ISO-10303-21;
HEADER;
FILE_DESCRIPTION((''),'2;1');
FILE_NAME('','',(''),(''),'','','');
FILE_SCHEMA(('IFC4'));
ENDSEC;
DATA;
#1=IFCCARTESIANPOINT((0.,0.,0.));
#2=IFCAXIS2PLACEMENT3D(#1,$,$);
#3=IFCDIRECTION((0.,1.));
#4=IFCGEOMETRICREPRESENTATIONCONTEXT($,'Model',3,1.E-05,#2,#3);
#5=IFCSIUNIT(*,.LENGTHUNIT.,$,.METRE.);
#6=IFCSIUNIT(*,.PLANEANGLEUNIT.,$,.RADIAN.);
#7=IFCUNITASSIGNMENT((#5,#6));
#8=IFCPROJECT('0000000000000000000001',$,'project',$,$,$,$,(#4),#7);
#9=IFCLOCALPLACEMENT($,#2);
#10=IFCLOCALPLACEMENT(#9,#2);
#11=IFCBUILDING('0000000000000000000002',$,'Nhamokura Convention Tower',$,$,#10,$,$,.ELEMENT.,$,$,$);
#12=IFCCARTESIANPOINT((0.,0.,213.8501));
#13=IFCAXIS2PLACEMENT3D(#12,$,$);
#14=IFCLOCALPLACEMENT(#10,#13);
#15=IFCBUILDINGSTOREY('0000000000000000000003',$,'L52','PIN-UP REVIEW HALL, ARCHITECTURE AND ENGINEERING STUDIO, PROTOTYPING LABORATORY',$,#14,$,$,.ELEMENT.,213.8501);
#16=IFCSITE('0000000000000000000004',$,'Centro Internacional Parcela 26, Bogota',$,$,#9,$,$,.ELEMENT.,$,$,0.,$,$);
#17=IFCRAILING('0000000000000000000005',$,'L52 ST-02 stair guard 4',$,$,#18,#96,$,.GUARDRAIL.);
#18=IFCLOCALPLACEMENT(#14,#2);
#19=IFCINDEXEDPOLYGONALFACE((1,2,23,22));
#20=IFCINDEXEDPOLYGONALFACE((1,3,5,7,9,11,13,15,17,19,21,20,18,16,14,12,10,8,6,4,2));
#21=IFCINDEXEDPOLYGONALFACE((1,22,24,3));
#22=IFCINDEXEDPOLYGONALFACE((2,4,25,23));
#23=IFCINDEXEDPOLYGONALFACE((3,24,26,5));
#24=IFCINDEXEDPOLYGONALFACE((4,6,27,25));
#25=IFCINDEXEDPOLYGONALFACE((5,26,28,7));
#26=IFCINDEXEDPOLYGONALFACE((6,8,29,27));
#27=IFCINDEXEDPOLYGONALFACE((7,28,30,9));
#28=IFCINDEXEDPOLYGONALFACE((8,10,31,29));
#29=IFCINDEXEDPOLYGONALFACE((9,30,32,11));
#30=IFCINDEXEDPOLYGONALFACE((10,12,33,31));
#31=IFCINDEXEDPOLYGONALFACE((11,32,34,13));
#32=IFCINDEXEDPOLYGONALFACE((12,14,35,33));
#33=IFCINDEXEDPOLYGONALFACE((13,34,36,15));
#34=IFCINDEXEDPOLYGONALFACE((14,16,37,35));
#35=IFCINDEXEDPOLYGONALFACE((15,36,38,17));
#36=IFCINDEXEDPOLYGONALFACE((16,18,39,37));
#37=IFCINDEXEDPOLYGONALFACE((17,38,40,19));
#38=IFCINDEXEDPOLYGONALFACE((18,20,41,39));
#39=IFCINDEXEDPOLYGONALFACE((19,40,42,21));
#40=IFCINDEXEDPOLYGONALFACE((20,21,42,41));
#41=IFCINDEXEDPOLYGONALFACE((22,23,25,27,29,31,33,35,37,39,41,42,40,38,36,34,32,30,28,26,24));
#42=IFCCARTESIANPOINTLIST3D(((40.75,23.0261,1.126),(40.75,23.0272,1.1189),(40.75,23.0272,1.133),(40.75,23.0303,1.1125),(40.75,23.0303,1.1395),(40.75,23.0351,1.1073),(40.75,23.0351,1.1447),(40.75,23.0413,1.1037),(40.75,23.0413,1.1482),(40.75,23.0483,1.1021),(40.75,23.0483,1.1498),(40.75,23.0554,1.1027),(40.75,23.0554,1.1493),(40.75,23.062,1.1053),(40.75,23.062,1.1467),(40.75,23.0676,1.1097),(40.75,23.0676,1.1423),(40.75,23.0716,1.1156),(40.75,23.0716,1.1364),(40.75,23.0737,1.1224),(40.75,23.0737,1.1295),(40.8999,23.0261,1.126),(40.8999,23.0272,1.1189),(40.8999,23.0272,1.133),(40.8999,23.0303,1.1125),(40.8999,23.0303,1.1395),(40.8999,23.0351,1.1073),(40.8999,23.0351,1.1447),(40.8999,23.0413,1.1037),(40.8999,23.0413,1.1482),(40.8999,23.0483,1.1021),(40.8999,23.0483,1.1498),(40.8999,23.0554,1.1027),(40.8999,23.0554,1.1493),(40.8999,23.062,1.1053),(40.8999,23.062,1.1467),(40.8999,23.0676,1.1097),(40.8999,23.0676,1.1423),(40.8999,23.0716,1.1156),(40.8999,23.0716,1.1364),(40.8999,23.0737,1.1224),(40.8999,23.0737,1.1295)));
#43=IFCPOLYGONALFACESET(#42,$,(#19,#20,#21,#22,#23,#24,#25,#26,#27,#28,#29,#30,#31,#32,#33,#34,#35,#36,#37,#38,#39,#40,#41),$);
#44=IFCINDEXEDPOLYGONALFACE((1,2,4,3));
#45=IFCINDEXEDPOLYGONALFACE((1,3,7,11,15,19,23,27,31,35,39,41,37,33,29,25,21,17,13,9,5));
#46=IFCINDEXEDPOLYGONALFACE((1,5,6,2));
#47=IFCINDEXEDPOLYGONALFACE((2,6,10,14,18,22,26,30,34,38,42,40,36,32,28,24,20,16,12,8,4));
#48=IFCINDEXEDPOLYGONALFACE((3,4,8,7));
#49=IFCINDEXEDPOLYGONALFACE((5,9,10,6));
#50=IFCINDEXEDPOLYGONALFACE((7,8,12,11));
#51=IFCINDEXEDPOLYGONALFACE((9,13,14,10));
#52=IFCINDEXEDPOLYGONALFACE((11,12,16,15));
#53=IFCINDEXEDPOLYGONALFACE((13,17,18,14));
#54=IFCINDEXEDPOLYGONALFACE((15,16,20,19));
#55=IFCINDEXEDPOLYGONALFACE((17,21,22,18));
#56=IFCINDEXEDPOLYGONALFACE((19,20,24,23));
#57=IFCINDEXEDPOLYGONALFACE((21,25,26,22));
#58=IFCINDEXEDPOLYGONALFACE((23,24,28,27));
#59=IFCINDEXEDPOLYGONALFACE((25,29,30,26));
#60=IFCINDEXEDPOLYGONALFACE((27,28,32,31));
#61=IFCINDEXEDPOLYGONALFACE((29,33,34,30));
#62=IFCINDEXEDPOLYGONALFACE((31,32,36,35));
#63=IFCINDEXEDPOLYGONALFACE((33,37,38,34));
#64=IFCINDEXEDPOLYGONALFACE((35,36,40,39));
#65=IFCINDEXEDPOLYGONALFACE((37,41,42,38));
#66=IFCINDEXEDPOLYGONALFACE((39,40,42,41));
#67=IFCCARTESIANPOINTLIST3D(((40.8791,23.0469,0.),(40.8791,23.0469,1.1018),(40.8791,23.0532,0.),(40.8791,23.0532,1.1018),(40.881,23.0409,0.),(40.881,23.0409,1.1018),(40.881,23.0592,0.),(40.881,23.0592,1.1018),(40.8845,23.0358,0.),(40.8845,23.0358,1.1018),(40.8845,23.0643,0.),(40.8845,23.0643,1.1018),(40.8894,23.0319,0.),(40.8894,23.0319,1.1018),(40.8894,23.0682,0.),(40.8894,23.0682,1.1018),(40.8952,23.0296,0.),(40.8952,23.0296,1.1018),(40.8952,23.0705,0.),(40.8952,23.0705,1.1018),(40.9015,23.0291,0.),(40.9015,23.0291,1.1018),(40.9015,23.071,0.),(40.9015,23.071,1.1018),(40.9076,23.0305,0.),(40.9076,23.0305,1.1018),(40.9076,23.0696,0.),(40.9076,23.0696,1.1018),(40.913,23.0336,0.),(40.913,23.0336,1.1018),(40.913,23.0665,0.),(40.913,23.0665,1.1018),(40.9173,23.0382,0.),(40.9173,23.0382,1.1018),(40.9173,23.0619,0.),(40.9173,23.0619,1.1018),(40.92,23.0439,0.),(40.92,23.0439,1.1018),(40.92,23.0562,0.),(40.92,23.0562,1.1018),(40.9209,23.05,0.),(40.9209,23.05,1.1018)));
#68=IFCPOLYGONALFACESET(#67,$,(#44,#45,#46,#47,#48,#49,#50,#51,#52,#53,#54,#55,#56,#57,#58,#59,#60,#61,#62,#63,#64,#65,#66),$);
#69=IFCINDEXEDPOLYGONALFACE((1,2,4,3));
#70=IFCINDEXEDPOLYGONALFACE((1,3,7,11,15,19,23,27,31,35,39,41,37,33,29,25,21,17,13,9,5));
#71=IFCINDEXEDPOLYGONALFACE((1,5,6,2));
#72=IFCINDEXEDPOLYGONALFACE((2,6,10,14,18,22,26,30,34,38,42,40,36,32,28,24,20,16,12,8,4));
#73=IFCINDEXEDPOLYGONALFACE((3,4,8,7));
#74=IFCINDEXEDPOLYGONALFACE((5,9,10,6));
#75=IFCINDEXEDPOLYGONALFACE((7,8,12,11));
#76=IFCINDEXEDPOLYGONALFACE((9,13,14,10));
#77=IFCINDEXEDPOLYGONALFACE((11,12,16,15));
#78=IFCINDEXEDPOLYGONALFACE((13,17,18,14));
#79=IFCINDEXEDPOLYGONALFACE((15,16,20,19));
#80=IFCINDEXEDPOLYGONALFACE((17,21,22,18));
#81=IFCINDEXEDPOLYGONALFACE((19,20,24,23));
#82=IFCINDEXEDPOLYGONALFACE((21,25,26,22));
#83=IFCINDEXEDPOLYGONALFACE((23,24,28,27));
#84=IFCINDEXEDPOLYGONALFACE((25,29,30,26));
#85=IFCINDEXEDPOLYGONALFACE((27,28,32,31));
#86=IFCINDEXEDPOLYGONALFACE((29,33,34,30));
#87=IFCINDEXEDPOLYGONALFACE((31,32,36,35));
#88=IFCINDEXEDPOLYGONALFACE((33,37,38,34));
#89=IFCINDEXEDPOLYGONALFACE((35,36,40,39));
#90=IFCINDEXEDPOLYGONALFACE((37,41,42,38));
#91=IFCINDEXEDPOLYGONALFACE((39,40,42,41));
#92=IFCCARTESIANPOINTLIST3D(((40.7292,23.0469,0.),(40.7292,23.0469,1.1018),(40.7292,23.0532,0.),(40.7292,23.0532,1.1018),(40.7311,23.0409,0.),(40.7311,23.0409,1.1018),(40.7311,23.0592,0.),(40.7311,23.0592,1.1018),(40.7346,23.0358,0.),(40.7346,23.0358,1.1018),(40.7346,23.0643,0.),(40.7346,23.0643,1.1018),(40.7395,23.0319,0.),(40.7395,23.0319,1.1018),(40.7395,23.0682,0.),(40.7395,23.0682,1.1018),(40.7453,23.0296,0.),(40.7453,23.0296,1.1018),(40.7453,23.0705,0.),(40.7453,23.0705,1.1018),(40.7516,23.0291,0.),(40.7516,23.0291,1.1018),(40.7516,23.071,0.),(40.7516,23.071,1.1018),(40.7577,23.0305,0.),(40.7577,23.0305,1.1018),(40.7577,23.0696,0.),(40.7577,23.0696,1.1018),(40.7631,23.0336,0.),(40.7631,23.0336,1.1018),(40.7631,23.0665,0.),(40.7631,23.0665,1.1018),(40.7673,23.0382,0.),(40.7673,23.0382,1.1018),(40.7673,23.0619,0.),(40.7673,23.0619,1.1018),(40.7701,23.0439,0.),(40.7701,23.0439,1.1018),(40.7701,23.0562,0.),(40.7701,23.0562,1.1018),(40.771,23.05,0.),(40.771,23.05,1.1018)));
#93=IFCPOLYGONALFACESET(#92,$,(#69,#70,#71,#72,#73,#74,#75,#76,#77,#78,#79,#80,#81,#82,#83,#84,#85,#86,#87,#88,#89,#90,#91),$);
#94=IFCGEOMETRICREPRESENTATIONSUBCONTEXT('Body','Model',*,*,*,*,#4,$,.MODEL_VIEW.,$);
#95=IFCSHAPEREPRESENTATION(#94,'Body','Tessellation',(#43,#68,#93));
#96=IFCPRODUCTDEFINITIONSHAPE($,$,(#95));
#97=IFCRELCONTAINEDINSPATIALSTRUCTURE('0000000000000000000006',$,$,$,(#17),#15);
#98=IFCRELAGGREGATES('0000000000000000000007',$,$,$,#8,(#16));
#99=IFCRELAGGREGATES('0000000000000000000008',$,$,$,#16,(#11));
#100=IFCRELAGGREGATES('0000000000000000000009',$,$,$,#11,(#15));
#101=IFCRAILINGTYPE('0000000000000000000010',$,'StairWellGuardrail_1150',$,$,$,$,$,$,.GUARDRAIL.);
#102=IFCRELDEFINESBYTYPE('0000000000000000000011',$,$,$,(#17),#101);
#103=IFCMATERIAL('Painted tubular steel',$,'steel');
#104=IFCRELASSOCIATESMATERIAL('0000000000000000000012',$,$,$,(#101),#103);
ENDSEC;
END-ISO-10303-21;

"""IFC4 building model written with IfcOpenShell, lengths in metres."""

from ifc_helpers import new_model, si_unit, direction, frame, origin, origin_2d, place, context, subcontext, project, spatial, circle, extrude, material, type_object, element, save


model = new_model("IFC4")

# Units and contexts
model_context = context("Model", 3, precision=1e-05, world=origin(), true_north=direction((0.0, 1.0)))
body_context = subcontext(model_context, "Body", "Model", "MODEL_VIEW")
ifc_project = project(units=[si_unit("LENGTHUNIT", "METRE"), si_unit("PLANEANGLEUNIT", "RADIAN")], contexts=[model_context])

# Site, building, storey
site_placement = place(None, origin())
site = spatial("IfcSite", under=ifc_project, at=site_placement, Name="Centro Internacional Parcela 26, Bogota", CompositionType="ELEMENT", RefElevation=0.0)
building_placement = place(site_placement, origin())
building = spatial("IfcBuilding", under=site, at=building_placement, Name="Nhamokura Convention Tower", CompositionType="ELEMENT")
storey_placement = place(building_placement, frame((0.0, 0.0, 213.8501)))
storey = spatial("IfcBuildingStorey", under=building, at=storey_placement, Name="L52", Description="PIN-UP REVIEW HALL, ARCHITECTURE AND ENGINEERING STUDIO, PROTOTYPING LABORATORY", CompositionType="ELEMENT", Elevation=213.8501)

# Railing
ifc_material_1 = material(Name="Painted tubular steel", Category="steel")
railing_type_1 = type_object("IfcRailingType", Name="StairWellGuardrail_1150", PredefinedType="GUARDRAIL", material=ifc_material_1)
railing_1_placement = place(storey_placement, frame((40.8999, 23.05, 0.0)))
element("IfcRailing", 1, at=railing_1_placement, inside=storey, type_object=railing_type_1, Name="L52 ST-02 stair guard 4", PredefinedType="GUARDRAIL", context=body_context, shape_type="SweptSolid", body=[
    extrude(circle(Radius=0.0239, at=origin_2d()), frame((0.0, 0.0, 1.126), z_axis=(-1.0, 0.0, 0.0), x_axis=(0.0, -1.0, 0.0)), (0.0, 0.0, 1.0), 0.1499),
    extrude(circle(Radius=0.021, at=origin_2d()), origin(), (0.0, 0.0, 1.0), 1.1018),
    extrude(circle(Radius=0.021, at=origin_2d()), frame((-0.1499, 0.0, 0.0)), (0.0, 0.0, 1.0), 1.1018),
])

save(model, "model.ifc")
